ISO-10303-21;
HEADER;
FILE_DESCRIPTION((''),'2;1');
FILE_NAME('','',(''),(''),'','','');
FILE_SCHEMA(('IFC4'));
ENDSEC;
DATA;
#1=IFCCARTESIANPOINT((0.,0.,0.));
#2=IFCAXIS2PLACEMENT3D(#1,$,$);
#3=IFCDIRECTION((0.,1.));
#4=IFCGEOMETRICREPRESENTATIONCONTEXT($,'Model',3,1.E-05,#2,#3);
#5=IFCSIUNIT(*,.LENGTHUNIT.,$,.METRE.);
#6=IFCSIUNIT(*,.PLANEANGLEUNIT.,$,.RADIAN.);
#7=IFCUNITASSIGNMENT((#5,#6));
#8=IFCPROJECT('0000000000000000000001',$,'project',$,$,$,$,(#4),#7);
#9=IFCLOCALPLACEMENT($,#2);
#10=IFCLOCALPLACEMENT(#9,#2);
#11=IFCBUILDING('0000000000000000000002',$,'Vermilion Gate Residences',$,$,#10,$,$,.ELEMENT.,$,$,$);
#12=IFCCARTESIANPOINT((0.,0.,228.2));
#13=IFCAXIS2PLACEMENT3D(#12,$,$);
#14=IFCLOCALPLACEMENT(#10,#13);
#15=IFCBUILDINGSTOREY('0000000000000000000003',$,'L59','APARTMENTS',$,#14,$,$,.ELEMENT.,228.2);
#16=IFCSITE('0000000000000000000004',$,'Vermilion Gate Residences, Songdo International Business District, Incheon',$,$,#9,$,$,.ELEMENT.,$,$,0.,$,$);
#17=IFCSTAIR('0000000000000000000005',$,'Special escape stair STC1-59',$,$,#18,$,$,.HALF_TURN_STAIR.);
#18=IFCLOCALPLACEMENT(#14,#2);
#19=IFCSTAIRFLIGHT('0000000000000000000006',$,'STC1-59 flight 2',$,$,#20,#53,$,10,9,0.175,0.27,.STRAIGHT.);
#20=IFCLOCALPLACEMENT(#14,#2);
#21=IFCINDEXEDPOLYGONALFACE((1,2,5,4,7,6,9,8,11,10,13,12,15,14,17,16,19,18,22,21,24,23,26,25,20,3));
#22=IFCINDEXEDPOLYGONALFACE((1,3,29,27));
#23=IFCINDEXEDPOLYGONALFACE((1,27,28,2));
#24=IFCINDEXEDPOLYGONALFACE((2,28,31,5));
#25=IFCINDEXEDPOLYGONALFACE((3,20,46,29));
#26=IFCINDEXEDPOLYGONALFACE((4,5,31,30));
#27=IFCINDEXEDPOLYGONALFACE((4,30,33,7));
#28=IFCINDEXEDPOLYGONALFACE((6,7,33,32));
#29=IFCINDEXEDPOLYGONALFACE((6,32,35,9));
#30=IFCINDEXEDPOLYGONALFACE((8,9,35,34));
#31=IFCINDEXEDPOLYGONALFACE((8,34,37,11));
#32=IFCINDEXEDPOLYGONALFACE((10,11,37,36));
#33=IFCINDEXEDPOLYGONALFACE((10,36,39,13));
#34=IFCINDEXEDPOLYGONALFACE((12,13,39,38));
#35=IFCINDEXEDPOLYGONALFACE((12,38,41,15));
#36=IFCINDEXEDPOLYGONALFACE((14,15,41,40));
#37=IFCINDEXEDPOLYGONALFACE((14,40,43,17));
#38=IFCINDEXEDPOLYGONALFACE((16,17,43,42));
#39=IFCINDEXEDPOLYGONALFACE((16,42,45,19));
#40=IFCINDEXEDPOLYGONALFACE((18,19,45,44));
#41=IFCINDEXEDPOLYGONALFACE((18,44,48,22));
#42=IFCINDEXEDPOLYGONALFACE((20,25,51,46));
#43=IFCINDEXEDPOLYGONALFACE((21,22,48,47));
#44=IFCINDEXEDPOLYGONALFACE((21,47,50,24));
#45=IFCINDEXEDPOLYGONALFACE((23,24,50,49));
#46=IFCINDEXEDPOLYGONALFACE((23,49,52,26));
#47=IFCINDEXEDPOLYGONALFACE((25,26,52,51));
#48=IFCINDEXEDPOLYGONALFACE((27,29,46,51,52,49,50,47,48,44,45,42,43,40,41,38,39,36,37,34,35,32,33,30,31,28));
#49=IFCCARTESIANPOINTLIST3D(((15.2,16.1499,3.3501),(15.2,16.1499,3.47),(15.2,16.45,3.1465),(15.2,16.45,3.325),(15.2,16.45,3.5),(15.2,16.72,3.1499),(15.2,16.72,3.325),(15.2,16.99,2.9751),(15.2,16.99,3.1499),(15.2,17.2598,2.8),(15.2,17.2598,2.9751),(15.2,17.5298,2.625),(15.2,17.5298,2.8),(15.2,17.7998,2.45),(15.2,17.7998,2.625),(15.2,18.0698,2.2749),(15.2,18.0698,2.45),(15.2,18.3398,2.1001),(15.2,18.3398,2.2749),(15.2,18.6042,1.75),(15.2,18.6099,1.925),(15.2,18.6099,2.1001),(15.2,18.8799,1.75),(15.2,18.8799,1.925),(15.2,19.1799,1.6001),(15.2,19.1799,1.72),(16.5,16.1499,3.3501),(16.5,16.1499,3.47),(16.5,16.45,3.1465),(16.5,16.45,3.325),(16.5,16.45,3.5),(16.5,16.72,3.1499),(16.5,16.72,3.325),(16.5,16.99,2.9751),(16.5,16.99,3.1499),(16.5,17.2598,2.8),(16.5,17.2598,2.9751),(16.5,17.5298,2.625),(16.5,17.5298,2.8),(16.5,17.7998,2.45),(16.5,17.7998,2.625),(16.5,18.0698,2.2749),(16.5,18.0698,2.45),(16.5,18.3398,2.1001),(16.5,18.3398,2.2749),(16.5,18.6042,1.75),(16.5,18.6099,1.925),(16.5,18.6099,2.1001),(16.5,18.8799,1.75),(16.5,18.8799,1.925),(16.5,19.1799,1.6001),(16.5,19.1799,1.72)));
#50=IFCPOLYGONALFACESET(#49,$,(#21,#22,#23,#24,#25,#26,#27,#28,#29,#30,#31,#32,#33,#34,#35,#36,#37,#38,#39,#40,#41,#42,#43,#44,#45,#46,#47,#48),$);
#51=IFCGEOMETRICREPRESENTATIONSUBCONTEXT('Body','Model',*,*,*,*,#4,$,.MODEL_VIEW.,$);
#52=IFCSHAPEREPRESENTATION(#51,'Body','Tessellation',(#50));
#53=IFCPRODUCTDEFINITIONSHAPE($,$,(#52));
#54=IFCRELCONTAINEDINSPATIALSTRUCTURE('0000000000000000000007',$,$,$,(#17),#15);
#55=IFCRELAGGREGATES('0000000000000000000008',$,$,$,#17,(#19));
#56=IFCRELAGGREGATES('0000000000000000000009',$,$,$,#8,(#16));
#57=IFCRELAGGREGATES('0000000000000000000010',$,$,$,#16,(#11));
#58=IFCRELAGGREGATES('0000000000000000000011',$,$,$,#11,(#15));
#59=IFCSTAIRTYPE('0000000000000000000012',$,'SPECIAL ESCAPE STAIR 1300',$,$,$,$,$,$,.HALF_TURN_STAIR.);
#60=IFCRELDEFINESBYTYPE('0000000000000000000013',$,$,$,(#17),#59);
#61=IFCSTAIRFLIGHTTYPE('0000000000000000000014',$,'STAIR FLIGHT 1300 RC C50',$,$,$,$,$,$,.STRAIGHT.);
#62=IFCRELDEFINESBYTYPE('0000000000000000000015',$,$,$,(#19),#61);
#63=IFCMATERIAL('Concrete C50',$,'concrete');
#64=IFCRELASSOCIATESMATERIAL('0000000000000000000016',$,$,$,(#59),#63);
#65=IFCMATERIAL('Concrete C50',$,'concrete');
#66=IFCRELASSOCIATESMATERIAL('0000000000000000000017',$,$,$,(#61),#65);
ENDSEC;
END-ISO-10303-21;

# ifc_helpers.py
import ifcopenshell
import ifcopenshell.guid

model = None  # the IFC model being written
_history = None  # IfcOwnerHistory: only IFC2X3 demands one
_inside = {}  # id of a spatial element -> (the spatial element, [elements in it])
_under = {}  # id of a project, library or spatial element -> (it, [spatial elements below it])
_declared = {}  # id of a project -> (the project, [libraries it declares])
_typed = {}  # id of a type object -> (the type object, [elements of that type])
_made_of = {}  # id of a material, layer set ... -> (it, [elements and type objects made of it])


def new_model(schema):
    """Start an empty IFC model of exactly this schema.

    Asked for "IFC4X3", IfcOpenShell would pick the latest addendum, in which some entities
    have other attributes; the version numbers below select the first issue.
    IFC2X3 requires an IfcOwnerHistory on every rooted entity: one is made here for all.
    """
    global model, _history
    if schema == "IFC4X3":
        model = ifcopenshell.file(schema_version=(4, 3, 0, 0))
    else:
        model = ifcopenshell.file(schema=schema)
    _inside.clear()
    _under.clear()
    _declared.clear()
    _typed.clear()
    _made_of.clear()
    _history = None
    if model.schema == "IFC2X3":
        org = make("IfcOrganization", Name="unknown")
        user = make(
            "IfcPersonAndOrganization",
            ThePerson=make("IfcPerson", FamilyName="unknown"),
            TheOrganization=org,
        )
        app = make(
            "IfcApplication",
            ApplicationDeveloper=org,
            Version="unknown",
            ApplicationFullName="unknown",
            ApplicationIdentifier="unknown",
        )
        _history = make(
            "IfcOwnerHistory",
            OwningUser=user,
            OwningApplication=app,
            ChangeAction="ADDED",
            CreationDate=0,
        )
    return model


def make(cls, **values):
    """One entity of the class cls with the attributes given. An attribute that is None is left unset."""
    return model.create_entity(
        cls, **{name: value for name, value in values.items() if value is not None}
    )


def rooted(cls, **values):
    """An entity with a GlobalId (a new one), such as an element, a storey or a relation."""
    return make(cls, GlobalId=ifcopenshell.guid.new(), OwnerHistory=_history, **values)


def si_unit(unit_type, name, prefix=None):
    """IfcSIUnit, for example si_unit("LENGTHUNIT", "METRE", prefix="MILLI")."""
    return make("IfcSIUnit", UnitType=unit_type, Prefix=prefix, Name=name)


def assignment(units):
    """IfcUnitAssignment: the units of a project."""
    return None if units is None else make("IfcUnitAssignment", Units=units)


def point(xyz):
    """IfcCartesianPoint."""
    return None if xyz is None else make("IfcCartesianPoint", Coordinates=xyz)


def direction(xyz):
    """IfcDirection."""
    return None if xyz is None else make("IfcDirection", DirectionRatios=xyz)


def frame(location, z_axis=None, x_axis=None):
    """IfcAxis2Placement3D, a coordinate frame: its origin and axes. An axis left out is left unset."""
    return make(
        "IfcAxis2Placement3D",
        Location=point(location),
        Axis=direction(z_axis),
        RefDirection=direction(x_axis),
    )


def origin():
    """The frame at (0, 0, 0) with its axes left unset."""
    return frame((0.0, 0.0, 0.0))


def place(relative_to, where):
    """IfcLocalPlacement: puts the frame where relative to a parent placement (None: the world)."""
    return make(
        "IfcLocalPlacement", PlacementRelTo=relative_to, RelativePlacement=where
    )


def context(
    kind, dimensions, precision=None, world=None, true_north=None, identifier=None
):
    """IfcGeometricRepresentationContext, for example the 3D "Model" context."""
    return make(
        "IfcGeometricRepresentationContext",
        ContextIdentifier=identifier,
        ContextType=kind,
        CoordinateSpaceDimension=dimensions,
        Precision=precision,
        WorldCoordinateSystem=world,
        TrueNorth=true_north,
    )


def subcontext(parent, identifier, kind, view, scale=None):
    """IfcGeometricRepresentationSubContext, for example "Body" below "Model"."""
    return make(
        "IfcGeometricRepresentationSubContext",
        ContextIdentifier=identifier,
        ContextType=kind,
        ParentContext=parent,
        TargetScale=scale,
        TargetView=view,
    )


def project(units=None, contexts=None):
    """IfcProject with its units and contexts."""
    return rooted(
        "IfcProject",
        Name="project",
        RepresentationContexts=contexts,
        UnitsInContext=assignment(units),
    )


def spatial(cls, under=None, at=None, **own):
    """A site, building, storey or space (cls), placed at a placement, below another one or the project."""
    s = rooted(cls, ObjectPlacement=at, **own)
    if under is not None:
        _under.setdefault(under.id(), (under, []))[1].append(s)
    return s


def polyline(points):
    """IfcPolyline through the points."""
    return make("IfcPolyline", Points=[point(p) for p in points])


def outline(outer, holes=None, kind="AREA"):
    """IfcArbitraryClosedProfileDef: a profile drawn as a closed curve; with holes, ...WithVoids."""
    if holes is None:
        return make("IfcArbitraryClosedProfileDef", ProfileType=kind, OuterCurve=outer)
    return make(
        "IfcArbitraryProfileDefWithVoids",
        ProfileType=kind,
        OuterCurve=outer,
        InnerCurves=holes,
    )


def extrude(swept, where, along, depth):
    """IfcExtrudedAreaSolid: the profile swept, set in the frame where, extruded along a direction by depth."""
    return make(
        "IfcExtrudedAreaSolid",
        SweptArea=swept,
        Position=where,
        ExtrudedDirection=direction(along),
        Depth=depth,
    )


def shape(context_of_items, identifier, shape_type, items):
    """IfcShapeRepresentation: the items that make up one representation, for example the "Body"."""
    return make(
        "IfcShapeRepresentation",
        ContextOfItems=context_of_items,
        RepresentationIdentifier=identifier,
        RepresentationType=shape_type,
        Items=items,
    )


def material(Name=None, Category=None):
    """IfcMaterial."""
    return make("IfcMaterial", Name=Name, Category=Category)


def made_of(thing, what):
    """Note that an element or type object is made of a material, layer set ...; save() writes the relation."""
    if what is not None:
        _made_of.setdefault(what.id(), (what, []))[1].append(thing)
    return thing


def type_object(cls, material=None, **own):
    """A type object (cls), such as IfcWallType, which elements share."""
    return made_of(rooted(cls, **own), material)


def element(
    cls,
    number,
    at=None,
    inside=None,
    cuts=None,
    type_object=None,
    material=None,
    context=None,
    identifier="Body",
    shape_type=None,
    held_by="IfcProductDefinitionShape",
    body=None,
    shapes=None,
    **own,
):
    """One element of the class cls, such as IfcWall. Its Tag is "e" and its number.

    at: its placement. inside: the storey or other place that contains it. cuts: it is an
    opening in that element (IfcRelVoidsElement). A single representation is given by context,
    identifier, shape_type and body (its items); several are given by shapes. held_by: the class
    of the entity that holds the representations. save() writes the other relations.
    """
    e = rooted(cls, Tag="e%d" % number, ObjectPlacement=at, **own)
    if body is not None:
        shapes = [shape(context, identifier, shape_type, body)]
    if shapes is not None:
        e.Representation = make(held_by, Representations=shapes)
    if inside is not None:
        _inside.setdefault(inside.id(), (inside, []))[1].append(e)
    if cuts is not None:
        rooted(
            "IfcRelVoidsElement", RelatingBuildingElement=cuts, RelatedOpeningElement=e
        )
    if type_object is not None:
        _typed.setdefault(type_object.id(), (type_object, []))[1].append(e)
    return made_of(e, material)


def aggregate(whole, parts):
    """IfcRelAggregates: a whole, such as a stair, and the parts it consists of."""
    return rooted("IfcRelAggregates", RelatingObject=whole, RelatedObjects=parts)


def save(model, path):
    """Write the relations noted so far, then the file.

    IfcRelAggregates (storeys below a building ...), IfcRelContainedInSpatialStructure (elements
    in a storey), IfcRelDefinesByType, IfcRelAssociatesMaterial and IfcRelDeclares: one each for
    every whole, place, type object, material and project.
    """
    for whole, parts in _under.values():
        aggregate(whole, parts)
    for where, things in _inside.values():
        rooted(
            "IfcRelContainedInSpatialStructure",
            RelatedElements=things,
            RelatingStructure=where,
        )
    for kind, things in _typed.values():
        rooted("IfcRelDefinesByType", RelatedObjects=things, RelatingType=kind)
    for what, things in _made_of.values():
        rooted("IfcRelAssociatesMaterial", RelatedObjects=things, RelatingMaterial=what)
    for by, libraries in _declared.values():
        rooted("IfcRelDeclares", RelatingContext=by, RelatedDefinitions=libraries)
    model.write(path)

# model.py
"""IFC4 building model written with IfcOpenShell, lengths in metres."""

from ifc_helpers import new_model, si_unit, direction, frame, origin, place, context, subcontext, project, spatial, polyline, outline, extrude, material, type_object, element, aggregate, save


model = new_model("IFC4")

# Units and contexts
model_context = context("Model", 3, precision=1e-05, world=origin(), true_north=direction((0.0, 1.0)))
body_context = subcontext(model_context, "Body", "Model", "MODEL_VIEW")
ifc_project = project(units=[si_unit("LENGTHUNIT", "METRE"), si_unit("PLANEANGLEUNIT", "RADIAN")], contexts=[model_context])

# Site, building, storey
site_placement = place(None, origin())
site = spatial("IfcSite", under=ifc_project, at=site_placement, Name="Vermilion Gate Residences, Songdo International Business District, Incheon", CompositionType="ELEMENT", RefElevation=0.0)
building_placement = place(site_placement, origin())
building = spatial("IfcBuilding", under=site, at=building_placement, Name="Vermilion Gate Residences", CompositionType="ELEMENT")
storey_placement = place(building_placement, frame((0.0, 0.0, 228.2)))
storey = spatial("IfcBuildingStorey", under=building, at=storey_placement, Name="L59", Description="APARTMENTS", CompositionType="ELEMENT", Elevation=228.2)

# Stair, stair flight
ifc_material_1 = material(Name="Concrete C50", Category="concrete")
stair_type = type_object("IfcStairType", Name="SPECIAL ESCAPE STAIR 1300", PredefinedType="HALF_TURN_STAIR", material=ifc_material_1)
stair_placement = place(storey_placement, origin())
stair = element("IfcStair", 1, at=stair_placement, inside=storey, type_object=stair_type, Name="Special escape stair STC1-59", PredefinedType="HALF_TURN_STAIR")
ifc_material_2 = material(Name="Concrete C50", Category="concrete")
stair_flight_type = type_object("IfcStairFlightType", Name="STAIR FLIGHT 1300 RC C50", PredefinedType="STRAIGHT", material=ifc_material_2)
stair_flight_placement = place(storey_placement, frame((15.8501, 18.8799, 1.75), z_axis=(0.0, 0.0, 1.0), x_axis=(0.0, -1.0, 0.0)))
stair_flight = element("IfcStairFlight", 2, at=stair_flight_placement, type_object=stair_flight_type, Name="STC1-59 flight 2", NumberOfRisers=10, NumberOfTreads=9, PredefinedType="STRAIGHT", RiserHeight=0.175, TreadLength=0.27, context=body_context, shape_type="SweptSolid", body=[
    extrude(outline(polyline([(-0.3, -0.1499), (-0.3, -0.03), (0.0, 0.0), (0.0, 0.175), (0.27, 0.175), (0.27, 0.3501), (0.54, 0.3501), (0.54, 0.5249), (0.8101, 0.5249), (0.8101, 0.7), (1.0801, 0.7), (1.0801, 0.875), (1.3501, 0.875), (1.3501, 1.05), (1.6201, 1.05), (1.6201, 1.2251), (1.8899, 1.2251), (1.8899, 1.3999), (2.1599, 1.3999), (2.1599, 1.575), (2.4299, 1.575), (2.4299, 1.75), (2.73, 1.72), (2.73, 1.6001), (2.4299, 1.3965), (0.2756, 0.0), (-0.3, -0.1499)])), frame((0.0, 0.6499, 0.0), z_axis=(0.0, -1.0, 0.0), x_axis=(1.0, 0.0, 0.0)), (0.0, 0.0, 1.0), 1.3),
])
aggregate(stair, [stair_flight])

save(model, "model.ifc")
